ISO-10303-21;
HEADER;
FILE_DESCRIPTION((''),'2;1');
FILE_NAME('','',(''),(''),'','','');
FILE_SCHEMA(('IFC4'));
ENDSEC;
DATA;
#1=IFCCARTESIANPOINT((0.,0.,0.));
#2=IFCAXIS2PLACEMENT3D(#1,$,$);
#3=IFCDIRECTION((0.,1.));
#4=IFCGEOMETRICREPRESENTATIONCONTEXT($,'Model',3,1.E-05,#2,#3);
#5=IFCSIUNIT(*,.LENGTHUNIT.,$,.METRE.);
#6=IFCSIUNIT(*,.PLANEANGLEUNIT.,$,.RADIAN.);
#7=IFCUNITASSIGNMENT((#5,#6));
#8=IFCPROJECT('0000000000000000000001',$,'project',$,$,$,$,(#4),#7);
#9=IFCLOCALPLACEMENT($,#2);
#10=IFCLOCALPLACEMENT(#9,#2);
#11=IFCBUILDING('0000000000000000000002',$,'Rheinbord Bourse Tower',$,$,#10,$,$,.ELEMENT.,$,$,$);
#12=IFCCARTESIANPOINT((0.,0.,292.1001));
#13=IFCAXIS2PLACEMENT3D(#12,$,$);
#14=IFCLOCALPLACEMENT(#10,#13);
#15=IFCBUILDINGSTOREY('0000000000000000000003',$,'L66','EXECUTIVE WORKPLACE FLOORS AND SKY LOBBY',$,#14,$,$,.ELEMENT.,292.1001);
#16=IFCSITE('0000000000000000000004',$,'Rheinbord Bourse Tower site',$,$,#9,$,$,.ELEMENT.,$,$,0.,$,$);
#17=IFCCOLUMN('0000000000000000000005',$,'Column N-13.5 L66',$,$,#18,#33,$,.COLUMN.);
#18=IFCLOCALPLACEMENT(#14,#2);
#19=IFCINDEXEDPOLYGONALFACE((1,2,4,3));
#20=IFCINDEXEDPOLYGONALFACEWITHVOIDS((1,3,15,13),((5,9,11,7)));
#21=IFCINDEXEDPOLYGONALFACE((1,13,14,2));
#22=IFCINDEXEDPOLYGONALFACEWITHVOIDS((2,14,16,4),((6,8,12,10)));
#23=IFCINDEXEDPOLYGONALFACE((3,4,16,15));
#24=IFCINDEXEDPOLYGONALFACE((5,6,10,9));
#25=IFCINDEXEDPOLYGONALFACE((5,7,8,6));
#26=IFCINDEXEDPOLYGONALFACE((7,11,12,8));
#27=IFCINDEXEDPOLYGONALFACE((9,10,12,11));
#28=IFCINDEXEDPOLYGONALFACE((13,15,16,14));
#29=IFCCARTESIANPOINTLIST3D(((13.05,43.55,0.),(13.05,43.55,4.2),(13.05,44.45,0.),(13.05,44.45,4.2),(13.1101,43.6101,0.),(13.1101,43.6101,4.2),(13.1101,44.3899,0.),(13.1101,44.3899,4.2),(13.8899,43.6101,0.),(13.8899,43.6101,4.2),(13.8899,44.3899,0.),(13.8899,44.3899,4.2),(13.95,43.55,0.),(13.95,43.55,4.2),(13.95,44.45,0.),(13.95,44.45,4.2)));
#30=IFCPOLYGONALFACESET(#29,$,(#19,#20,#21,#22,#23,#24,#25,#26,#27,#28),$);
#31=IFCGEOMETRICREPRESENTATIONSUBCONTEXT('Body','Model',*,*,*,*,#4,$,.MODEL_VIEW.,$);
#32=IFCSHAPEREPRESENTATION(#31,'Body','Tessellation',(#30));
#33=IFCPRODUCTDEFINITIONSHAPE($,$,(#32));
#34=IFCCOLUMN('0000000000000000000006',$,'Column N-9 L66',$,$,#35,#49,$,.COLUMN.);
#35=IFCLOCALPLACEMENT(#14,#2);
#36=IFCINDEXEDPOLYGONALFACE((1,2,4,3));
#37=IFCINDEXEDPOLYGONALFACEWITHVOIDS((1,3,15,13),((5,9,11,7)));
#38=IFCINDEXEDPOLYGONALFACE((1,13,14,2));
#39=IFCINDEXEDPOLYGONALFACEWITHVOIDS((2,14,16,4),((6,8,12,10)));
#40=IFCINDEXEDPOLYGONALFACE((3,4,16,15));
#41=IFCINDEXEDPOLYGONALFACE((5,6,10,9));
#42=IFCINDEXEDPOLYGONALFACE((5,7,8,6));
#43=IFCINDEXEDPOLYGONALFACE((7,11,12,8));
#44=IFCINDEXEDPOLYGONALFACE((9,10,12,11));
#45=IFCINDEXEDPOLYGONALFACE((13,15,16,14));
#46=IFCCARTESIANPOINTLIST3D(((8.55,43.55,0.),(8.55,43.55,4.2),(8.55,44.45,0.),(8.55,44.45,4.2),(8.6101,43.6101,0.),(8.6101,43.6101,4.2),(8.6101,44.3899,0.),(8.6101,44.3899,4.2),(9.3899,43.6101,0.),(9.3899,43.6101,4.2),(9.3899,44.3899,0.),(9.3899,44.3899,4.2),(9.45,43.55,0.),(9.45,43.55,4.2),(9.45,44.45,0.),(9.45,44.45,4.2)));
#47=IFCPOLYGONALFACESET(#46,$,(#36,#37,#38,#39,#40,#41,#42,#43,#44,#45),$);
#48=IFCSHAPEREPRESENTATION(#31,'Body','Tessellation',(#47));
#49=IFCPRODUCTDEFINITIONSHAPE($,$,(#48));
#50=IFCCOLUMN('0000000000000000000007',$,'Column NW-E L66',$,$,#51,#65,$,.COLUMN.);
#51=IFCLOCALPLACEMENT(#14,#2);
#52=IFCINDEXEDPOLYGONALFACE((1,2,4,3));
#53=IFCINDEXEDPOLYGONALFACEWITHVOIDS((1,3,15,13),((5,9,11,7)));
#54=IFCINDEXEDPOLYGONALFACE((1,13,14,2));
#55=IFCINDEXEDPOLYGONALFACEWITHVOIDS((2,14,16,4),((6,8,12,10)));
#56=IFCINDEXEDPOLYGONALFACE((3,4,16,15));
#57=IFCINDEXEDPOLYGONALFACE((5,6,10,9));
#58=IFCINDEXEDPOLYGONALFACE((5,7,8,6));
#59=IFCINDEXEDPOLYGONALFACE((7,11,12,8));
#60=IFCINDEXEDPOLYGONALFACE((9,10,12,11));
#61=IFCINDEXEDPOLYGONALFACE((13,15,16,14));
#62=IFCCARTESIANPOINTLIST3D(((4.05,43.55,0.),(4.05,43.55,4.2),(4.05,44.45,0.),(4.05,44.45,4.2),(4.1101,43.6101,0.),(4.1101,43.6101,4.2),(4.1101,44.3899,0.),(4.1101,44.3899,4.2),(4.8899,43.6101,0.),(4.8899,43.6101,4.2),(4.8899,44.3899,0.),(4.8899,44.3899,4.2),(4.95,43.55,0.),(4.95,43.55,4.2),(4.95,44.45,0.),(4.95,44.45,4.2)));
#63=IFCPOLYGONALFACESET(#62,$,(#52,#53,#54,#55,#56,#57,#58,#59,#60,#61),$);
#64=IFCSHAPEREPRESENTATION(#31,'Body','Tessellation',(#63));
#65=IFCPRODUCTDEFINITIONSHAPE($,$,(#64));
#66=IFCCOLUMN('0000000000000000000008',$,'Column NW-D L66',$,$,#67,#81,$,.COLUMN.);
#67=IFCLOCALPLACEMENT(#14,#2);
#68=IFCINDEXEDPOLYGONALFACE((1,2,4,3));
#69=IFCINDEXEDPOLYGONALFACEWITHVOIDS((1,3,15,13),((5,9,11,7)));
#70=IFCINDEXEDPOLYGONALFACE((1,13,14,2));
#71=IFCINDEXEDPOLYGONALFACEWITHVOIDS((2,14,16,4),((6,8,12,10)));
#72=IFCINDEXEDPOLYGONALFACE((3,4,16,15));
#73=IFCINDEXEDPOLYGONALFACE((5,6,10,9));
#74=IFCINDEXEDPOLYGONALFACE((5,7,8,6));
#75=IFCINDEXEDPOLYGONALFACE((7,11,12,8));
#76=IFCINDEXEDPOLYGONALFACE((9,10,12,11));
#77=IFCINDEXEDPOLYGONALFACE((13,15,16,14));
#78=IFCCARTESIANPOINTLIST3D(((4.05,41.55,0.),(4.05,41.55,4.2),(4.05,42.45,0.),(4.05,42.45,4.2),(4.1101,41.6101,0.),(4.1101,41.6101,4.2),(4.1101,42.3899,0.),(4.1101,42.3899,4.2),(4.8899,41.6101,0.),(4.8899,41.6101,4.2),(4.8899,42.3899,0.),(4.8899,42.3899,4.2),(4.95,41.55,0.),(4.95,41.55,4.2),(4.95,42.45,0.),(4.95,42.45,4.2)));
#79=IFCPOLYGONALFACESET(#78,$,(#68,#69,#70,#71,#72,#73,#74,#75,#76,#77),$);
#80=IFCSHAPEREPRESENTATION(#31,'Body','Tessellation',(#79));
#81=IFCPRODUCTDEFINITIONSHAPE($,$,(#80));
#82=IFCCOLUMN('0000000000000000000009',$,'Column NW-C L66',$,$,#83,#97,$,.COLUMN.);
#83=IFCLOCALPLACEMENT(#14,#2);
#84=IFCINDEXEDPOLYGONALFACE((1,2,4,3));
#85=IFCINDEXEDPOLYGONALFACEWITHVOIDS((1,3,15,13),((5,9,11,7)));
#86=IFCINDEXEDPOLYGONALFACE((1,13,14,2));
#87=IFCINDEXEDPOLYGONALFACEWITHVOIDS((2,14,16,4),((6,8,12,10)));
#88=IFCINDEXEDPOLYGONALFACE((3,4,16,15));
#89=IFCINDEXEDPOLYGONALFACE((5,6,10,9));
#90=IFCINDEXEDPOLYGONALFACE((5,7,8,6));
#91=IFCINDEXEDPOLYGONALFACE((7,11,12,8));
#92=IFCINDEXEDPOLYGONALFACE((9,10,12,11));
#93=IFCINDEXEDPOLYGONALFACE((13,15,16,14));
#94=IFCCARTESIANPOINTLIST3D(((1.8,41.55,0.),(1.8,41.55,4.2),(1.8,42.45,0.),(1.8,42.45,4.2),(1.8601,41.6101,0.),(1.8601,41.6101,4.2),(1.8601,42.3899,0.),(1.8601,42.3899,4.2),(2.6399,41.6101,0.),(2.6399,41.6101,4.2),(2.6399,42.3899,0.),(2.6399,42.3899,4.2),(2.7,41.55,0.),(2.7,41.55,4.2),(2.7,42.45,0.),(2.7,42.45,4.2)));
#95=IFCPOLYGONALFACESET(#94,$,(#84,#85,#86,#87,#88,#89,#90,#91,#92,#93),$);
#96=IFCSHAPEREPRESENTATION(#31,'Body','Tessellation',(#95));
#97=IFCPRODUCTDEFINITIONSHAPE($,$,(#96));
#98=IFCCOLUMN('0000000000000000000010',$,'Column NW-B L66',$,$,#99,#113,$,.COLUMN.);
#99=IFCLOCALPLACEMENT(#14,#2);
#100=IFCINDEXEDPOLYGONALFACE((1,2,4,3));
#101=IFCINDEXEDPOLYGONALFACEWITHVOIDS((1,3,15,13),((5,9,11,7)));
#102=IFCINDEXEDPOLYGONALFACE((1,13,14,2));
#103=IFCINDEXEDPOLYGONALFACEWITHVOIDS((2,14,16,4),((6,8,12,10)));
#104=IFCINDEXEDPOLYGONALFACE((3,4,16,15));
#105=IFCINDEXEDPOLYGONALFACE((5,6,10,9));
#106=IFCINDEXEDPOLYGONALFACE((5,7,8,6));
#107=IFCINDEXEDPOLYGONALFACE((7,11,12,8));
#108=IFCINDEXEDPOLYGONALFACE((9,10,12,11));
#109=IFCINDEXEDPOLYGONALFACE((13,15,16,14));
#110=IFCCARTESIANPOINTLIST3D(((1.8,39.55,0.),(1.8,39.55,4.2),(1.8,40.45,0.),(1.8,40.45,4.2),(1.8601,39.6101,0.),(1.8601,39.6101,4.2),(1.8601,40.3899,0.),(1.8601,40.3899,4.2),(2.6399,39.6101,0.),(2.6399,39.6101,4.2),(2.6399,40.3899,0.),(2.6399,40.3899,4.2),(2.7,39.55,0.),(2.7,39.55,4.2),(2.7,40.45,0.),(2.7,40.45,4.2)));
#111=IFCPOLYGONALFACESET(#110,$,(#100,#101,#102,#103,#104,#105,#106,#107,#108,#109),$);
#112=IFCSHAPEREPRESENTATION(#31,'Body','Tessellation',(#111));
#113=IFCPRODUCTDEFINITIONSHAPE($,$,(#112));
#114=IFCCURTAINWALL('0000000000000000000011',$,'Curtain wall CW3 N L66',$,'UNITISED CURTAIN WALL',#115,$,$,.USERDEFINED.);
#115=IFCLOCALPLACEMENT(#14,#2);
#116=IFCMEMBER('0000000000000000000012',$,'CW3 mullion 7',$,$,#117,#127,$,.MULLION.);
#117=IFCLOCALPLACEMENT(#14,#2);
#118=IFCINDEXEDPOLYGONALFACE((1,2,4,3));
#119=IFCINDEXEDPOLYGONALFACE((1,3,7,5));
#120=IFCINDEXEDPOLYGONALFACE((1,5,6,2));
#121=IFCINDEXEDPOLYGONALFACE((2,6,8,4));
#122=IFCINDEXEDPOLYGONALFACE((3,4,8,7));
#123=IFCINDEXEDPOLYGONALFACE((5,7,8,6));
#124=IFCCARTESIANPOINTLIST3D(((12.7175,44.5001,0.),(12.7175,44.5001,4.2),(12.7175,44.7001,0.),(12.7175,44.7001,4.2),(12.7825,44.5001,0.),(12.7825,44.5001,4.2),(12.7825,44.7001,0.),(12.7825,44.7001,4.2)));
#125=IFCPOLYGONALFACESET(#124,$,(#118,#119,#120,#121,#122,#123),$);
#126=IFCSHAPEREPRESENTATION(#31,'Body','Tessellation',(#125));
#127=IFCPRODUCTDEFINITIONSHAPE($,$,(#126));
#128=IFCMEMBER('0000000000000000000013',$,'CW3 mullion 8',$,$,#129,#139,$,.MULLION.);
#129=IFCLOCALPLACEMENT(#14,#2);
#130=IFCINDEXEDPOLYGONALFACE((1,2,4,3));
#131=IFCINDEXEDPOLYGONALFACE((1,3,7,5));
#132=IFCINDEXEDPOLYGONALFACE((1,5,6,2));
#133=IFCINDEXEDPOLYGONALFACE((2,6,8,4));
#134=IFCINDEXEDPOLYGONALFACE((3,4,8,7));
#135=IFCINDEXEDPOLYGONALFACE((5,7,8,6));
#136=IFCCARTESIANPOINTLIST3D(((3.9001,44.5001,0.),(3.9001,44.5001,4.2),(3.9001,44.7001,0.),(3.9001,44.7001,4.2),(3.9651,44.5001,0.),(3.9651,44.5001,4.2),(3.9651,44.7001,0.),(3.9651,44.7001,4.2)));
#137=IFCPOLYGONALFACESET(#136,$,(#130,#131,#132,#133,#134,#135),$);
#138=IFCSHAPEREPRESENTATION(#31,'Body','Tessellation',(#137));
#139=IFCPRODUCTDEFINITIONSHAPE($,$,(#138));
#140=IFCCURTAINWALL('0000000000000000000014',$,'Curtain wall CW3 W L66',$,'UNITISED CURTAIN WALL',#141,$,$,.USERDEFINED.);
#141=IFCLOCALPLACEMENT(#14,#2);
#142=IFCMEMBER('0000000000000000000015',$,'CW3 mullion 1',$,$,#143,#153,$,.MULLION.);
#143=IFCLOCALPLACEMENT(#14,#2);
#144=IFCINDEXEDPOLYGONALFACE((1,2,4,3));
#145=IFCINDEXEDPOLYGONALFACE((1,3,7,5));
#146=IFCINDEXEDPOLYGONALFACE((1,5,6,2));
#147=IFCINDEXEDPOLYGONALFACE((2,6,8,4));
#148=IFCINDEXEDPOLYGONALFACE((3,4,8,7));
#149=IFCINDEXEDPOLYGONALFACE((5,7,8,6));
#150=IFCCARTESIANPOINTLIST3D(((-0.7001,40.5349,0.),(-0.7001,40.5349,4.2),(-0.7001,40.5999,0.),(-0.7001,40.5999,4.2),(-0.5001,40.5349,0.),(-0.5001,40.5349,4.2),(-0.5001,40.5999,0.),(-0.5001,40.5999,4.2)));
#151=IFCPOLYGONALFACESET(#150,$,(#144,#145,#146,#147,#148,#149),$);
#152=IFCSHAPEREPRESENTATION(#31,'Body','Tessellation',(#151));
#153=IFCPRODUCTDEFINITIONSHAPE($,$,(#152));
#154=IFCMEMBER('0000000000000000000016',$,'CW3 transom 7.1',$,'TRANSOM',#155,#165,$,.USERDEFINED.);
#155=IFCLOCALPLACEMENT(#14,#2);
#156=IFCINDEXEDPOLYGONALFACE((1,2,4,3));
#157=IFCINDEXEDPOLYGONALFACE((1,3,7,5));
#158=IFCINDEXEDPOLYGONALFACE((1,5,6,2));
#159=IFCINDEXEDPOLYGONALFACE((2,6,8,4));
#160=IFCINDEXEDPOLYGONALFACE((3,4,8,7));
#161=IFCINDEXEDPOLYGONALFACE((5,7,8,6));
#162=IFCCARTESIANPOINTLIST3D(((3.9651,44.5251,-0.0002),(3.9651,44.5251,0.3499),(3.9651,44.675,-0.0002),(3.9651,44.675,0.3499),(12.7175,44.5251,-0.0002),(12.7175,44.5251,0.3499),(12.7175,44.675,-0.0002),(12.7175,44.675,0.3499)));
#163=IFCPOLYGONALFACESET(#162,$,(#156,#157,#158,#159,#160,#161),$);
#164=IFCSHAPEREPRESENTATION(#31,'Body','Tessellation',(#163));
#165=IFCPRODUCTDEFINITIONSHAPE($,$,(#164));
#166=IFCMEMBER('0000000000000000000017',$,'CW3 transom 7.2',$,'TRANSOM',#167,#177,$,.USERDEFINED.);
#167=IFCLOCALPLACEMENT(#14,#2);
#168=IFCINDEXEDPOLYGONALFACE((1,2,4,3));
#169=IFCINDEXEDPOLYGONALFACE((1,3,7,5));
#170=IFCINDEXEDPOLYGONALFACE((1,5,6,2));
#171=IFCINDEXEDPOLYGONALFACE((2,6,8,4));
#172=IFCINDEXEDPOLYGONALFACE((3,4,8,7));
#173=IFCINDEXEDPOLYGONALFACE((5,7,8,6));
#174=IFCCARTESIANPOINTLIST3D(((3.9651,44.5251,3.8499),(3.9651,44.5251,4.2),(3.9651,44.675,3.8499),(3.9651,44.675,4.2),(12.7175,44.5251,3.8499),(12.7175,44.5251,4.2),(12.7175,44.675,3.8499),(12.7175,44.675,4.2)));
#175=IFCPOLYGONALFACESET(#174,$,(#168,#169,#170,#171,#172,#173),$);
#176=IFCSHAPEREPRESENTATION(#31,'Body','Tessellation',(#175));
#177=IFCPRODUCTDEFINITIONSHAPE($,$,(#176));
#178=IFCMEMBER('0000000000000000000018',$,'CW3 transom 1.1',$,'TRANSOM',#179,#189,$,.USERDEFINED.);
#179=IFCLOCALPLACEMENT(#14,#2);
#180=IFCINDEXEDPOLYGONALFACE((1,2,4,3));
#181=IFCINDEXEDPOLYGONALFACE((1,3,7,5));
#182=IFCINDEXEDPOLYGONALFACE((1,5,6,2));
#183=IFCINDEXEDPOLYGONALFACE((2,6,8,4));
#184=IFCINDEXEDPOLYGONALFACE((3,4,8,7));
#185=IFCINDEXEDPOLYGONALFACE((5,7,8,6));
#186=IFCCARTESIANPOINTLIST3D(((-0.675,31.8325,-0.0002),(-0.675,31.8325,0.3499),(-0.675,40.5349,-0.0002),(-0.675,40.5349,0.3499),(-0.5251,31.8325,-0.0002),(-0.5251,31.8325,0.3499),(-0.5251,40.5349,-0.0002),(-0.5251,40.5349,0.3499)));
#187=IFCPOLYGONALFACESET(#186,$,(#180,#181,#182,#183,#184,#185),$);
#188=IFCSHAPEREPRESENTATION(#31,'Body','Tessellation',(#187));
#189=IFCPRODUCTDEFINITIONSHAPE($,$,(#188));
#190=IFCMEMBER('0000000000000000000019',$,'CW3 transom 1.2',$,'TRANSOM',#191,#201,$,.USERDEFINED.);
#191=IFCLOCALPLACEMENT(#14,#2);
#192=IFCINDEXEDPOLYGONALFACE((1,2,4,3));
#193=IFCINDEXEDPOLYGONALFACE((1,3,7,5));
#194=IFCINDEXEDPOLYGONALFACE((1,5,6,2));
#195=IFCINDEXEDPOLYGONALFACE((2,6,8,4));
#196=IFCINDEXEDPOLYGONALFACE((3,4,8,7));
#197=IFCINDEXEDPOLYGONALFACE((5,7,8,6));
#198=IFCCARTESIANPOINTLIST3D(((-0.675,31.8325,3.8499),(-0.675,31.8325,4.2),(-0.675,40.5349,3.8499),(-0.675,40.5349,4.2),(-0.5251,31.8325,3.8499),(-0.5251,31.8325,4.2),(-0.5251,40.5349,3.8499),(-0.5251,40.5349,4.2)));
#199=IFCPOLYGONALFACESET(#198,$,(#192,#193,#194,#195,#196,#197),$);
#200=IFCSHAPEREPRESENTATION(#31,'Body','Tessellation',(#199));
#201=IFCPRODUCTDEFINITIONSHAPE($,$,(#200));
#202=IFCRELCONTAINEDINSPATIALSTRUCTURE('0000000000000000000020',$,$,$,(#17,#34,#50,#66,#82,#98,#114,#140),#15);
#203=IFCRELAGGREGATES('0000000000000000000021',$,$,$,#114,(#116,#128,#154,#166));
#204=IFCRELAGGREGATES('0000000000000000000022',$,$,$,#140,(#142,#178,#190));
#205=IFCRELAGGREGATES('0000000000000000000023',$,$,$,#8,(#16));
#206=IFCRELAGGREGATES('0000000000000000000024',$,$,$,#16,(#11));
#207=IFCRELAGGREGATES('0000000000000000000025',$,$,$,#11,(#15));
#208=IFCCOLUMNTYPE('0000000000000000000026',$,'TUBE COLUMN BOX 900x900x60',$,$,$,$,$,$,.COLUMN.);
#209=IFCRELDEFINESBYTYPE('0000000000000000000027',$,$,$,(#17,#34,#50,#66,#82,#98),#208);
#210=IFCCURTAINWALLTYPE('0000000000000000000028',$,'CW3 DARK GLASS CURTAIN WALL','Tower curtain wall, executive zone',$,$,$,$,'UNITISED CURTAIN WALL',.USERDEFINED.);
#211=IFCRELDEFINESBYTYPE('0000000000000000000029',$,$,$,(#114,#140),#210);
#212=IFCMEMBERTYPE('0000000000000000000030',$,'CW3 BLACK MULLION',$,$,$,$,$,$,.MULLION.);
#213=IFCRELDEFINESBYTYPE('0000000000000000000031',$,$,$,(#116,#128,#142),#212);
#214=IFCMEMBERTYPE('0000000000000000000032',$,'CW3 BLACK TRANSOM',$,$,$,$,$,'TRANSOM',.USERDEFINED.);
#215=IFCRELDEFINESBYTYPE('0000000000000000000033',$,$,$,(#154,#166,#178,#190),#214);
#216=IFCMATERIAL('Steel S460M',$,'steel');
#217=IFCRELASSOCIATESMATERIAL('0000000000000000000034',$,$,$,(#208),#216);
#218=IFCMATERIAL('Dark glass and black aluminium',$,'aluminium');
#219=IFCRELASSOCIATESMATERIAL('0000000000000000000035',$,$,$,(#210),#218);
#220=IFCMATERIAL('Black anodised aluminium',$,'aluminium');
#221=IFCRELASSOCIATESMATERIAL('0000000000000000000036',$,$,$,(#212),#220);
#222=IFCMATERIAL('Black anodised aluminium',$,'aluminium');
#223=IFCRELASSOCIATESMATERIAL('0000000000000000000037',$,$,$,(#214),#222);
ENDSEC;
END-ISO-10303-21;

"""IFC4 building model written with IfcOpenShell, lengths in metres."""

from ifc_helpers import new_model, si_unit, direction, frame, origin, origin_2d, place, context, subcontext, project, spatial, rectangle, hollow_rectangle, extrude, material, material_profile, profile_set, type_object, element, aggregate, save


model = new_model("IFC4")

# Units and contexts
model_context = context("Model", 3, precision=1e-05, world=origin(), true_north=direction((0.0, 1.0)))
body_context = subcontext(model_context, "Body", "Model", "MODEL_VIEW")
ifc_project = project(units=[si_unit("LENGTHUNIT", "METRE"), si_unit("PLANEANGLEUNIT", "RADIAN")], contexts=[model_context])

# Site, building, storey
site_placement = place(None, origin())
site = spatial("IfcSite", under=ifc_project, at=site_placement, Name="Rheinbord Bourse Tower site", CompositionType="ELEMENT", RefElevation=0.0)
building_placement = place(site_placement, origin())
building = spatial("IfcBuilding", under=site, at=building_placement, Name="Rheinbord Bourse Tower", CompositionType="ELEMENT")
storey_placement = place(building_placement, frame((0.0, 0.0, 292.1001)))
storey = spatial("IfcBuildingStorey", under=building, at=storey_placement, Name="L66", Description="EXECUTIVE WORKPLACE FLOORS AND SKY LOBBY", CompositionType="ELEMENT", Elevation=292.1001)

# Columns
ifc_material_1 = material(Name="Steel S460M", Category="steel")
ifc_material_profile_1 = material_profile(ifc_material_1, hollow_rectangle(XDim=0.8999, YDim=0.8999, WallThickness=0.0601, at=origin_2d()), Name="BOX 900x900x60")
ifc_profile_set_1 = profile_set([ifc_material_profile_1], Name="Steel S460M")
column_type = type_object("IfcColumnType", Name="TUBE COLUMN BOX 900x900x60", PredefinedType="COLUMN", material=ifc_profile_set_1)
for number, where, z_axis, x_axis, name in (
    (1, (13.5, 44.0, 0.0), (0.0, 0.0, 1.0), (0.0, 1.0, 0.0), "Column N-13.5 L66"),
    (2, (9.0, 44.0, 0.0), (0.0, 0.0, 1.0), (0.0, 1.0, 0.0), "Column N-9 L66"),
    (3, (4.5, 44.0, 0.0), (0.0, 0.0, 1.0), (0.0, 1.0, 0.0), "Column NW-E L66"),
    (4, (4.5, 42.0, 0.0), (0.0, 0.0, 1.0), (0.0, 1.0, 0.0), "Column NW-D L66"),
    (5, (2.25, 42.0, 0.0), (0.0, 0.0, 1.0), (1.0, 0.0, 0.0), "Column NW-C L66"),
    (6, (2.25, 40.0, 0.0), (0.0, 0.0, 1.0), (1.0, 0.0, 0.0), "Column NW-B L66"),
):
    element("IfcColumn", number, at=place(storey_placement, frame(where, z_axis=z_axis, x_axis=x_axis)), inside=storey, type_object=column_type, Name=name, PredefinedType="COLUMN", context=body_context, shape_type="SweptSolid", body=[
        extrude(hollow_rectangle(XDim=0.8999, YDim=0.8999, WallThickness=0.0601, at=origin_2d()), origin(), (0.0, 0.0, 1.0), 4.2),
    ])

# Curtain wall, members
ifc_material_2 = material(Name="Dark glass and black aluminium", Category="aluminium")
curtain_wall_type = type_object("IfcCurtainWallType", Name="CW3 DARK GLASS CURTAIN WALL", Description="Tower curtain wall, executive zone", ElementType="UNITISED CURTAIN WALL", PredefinedType="USERDEFINED", material=ifc_material_2)
curtain_wall_1_placement = place(storey_placement, origin())
curtain_wall_1 = element("IfcCurtainWall", 7, at=curtain_wall_1_placement, inside=storey, type_object=curtain_wall_type, Name="Curtain wall CW3 N L66", ObjectType="UNITISED CURTAIN WALL", PredefinedType="USERDEFINED")
ifc_material_3 = material(Name="Black anodised aluminium", Category="aluminium")
ifc_material_profile_2 = material_profile(ifc_material_3, rectangle(XDim=0.2, YDim=0.0649, at=origin_2d()), Name="CW3 MULLION 65x200")
ifc_profile_set_2 = profile_set([ifc_material_profile_2], Name="Black anodised aluminium")
member_type_1 = type_object("IfcMemberType", Name="CW3 BLACK MULLION", PredefinedType="MULLION", material=ifc_profile_set_2)
member_1_placement = place(storey_placement, frame((12.75, 44.6001, 0.0), z_axis=(0.0, 0.0, 1.0), x_axis=(0.0, -1.0, 0.0)))
member_1 = element("IfcMember", 8, at=member_1_placement, type_object=member_type_1, Name="CW3 mullion 7", PredefinedType="MULLION", context=body_context, shape_type="SweptSolid", body=[
    extrude(rectangle(XDim=0.2, YDim=0.0649, at=origin_2d()), origin(), (0.0, 0.0, 1.0), 4.2),
])
member_2_placement = place(storey_placement, frame((3.9326, 44.6001, 0.0), z_axis=(0.0, 0.0, 1.0), x_axis=(0.0, -1.0, 0.0)))
member_2 = element("IfcMember", 9, at=member_2_placement, type_object=member_type_1, Name="CW3 mullion 8", PredefinedType="MULLION", context=body_context, shape_type="SweptSolid", body=[
    extrude(rectangle(XDim=0.2, YDim=0.0649, at=origin_2d()), origin(), (0.0, 0.0, 1.0), 4.2),
])

# Curtain wall, member
curtain_wall_2_placement = place(storey_placement, origin())
curtain_wall_2 = element("IfcCurtainWall", 10, at=curtain_wall_2_placement, inside=storey, type_object=curtain_wall_type, Name="Curtain wall CW3 W L66", ObjectType="UNITISED CURTAIN WALL", PredefinedType="USERDEFINED")
member_3_placement = place(storey_placement, frame((-0.6001, 40.5674, 0.0), z_axis=(0.0, 0.0, 1.0), x_axis=(1.0, 0.0, 0.0)))
member_3 = element("IfcMember", 11, at=member_3_placement, type_object=member_type_1, Name="CW3 mullion 1", PredefinedType="MULLION", context=body_context, shape_type="SweptSolid", body=[
    extrude(rectangle(XDim=0.2, YDim=0.0649, at=origin_2d()), origin(), (0.0, 0.0, 1.0), 4.2),
])

# Members
ifc_material_4 = material(Name="Black anodised aluminium", Category="aluminium")
ifc_material_profile_3 = material_profile(ifc_material_4, rectangle(XDim=0.1499, YDim=0.3501, at=origin_2d()), Name="CW3 TRANSOM 350x150")
ifc_profile_set_3 = profile_set([ifc_material_profile_3], Name="Black anodised aluminium")
member_type_2 = type_object("IfcMemberType", Name="CW3 BLACK TRANSOM", ElementType="TRANSOM", PredefinedType="USERDEFINED", material=ifc_profile_set_3)
member_4_placement = place(storey_placement, frame((12.7175, 44.6001, 0.1748), z_axis=(-1.0, 0.0, 0.0), x_axis=(0.0, -1.0, 0.0)))
member_4 = element("IfcMember", 12, at=member_4_placement, type_object=member_type_2, Name="CW3 transom 7.1", ObjectType="TRANSOM", PredefinedType="USERDEFINED", context=body_context, shape_type="SweptSolid", body=[
    extrude(rectangle(XDim=0.1499, YDim=0.3501, at=origin_2d()), origin(), (0.0, 0.0, 1.0), 8.7524),
])
member_5_placement = place(storey_placement, frame((12.7175, 44.6001, 4.0249), z_axis=(-1.0, 0.0, 0.0), x_axis=(0.0, -1.0, 0.0)))
member_5 = element("IfcMember", 13, at=member_5_placement, type_object=member_type_2, Name="CW3 transom 7.2", ObjectType="TRANSOM", PredefinedType="USERDEFINED", context=body_context, shape_type="SweptSolid", body=[
    extrude(rectangle(XDim=0.1499, YDim=0.3501, at=origin_2d()), origin(), (0.0, 0.0, 1.0), 8.7524),
])
member_6_placement = place(storey_placement, frame((-0.6001, 40.5349, 0.1748), z_axis=(0.0, -1.0, 0.0), x_axis=(1.0, 0.0, 0.0)))
member_6 = element("IfcMember", 14, at=member_6_placement, type_object=member_type_2, Name="CW3 transom 1.1", ObjectType="TRANSOM", PredefinedType="USERDEFINED", context=body_context, shape_type="SweptSolid", body=[
    extrude(rectangle(XDim=0.1499, YDim=0.3501, at=origin_2d()), origin(), (0.0, 0.0, 1.0), 8.7024),
])
member_7_placement = place(storey_placement, frame((-0.6001, 40.5349, 4.0249), z_axis=(0.0, -1.0, 0.0), x_axis=(1.0, 0.0, 0.0)))
member_7 = element("IfcMember", 15, at=member_7_placement, type_object=member_type_2, Name="CW3 transom 1.2", ObjectType="TRANSOM", PredefinedType="USERDEFINED", context=body_context, shape_type="SweptSolid", body=[
    extrude(rectangle(XDim=0.1499, YDim=0.3501, at=origin_2d()), origin(), (0.0, 0.0, 1.0), 8.7024),
])

aggregate(curtain_wall_1, [member_1, member_2, member_4, member_5])
aggregate(curtain_wall_2, [member_3, member_6, member_7])

save(model, "model.ifc")
